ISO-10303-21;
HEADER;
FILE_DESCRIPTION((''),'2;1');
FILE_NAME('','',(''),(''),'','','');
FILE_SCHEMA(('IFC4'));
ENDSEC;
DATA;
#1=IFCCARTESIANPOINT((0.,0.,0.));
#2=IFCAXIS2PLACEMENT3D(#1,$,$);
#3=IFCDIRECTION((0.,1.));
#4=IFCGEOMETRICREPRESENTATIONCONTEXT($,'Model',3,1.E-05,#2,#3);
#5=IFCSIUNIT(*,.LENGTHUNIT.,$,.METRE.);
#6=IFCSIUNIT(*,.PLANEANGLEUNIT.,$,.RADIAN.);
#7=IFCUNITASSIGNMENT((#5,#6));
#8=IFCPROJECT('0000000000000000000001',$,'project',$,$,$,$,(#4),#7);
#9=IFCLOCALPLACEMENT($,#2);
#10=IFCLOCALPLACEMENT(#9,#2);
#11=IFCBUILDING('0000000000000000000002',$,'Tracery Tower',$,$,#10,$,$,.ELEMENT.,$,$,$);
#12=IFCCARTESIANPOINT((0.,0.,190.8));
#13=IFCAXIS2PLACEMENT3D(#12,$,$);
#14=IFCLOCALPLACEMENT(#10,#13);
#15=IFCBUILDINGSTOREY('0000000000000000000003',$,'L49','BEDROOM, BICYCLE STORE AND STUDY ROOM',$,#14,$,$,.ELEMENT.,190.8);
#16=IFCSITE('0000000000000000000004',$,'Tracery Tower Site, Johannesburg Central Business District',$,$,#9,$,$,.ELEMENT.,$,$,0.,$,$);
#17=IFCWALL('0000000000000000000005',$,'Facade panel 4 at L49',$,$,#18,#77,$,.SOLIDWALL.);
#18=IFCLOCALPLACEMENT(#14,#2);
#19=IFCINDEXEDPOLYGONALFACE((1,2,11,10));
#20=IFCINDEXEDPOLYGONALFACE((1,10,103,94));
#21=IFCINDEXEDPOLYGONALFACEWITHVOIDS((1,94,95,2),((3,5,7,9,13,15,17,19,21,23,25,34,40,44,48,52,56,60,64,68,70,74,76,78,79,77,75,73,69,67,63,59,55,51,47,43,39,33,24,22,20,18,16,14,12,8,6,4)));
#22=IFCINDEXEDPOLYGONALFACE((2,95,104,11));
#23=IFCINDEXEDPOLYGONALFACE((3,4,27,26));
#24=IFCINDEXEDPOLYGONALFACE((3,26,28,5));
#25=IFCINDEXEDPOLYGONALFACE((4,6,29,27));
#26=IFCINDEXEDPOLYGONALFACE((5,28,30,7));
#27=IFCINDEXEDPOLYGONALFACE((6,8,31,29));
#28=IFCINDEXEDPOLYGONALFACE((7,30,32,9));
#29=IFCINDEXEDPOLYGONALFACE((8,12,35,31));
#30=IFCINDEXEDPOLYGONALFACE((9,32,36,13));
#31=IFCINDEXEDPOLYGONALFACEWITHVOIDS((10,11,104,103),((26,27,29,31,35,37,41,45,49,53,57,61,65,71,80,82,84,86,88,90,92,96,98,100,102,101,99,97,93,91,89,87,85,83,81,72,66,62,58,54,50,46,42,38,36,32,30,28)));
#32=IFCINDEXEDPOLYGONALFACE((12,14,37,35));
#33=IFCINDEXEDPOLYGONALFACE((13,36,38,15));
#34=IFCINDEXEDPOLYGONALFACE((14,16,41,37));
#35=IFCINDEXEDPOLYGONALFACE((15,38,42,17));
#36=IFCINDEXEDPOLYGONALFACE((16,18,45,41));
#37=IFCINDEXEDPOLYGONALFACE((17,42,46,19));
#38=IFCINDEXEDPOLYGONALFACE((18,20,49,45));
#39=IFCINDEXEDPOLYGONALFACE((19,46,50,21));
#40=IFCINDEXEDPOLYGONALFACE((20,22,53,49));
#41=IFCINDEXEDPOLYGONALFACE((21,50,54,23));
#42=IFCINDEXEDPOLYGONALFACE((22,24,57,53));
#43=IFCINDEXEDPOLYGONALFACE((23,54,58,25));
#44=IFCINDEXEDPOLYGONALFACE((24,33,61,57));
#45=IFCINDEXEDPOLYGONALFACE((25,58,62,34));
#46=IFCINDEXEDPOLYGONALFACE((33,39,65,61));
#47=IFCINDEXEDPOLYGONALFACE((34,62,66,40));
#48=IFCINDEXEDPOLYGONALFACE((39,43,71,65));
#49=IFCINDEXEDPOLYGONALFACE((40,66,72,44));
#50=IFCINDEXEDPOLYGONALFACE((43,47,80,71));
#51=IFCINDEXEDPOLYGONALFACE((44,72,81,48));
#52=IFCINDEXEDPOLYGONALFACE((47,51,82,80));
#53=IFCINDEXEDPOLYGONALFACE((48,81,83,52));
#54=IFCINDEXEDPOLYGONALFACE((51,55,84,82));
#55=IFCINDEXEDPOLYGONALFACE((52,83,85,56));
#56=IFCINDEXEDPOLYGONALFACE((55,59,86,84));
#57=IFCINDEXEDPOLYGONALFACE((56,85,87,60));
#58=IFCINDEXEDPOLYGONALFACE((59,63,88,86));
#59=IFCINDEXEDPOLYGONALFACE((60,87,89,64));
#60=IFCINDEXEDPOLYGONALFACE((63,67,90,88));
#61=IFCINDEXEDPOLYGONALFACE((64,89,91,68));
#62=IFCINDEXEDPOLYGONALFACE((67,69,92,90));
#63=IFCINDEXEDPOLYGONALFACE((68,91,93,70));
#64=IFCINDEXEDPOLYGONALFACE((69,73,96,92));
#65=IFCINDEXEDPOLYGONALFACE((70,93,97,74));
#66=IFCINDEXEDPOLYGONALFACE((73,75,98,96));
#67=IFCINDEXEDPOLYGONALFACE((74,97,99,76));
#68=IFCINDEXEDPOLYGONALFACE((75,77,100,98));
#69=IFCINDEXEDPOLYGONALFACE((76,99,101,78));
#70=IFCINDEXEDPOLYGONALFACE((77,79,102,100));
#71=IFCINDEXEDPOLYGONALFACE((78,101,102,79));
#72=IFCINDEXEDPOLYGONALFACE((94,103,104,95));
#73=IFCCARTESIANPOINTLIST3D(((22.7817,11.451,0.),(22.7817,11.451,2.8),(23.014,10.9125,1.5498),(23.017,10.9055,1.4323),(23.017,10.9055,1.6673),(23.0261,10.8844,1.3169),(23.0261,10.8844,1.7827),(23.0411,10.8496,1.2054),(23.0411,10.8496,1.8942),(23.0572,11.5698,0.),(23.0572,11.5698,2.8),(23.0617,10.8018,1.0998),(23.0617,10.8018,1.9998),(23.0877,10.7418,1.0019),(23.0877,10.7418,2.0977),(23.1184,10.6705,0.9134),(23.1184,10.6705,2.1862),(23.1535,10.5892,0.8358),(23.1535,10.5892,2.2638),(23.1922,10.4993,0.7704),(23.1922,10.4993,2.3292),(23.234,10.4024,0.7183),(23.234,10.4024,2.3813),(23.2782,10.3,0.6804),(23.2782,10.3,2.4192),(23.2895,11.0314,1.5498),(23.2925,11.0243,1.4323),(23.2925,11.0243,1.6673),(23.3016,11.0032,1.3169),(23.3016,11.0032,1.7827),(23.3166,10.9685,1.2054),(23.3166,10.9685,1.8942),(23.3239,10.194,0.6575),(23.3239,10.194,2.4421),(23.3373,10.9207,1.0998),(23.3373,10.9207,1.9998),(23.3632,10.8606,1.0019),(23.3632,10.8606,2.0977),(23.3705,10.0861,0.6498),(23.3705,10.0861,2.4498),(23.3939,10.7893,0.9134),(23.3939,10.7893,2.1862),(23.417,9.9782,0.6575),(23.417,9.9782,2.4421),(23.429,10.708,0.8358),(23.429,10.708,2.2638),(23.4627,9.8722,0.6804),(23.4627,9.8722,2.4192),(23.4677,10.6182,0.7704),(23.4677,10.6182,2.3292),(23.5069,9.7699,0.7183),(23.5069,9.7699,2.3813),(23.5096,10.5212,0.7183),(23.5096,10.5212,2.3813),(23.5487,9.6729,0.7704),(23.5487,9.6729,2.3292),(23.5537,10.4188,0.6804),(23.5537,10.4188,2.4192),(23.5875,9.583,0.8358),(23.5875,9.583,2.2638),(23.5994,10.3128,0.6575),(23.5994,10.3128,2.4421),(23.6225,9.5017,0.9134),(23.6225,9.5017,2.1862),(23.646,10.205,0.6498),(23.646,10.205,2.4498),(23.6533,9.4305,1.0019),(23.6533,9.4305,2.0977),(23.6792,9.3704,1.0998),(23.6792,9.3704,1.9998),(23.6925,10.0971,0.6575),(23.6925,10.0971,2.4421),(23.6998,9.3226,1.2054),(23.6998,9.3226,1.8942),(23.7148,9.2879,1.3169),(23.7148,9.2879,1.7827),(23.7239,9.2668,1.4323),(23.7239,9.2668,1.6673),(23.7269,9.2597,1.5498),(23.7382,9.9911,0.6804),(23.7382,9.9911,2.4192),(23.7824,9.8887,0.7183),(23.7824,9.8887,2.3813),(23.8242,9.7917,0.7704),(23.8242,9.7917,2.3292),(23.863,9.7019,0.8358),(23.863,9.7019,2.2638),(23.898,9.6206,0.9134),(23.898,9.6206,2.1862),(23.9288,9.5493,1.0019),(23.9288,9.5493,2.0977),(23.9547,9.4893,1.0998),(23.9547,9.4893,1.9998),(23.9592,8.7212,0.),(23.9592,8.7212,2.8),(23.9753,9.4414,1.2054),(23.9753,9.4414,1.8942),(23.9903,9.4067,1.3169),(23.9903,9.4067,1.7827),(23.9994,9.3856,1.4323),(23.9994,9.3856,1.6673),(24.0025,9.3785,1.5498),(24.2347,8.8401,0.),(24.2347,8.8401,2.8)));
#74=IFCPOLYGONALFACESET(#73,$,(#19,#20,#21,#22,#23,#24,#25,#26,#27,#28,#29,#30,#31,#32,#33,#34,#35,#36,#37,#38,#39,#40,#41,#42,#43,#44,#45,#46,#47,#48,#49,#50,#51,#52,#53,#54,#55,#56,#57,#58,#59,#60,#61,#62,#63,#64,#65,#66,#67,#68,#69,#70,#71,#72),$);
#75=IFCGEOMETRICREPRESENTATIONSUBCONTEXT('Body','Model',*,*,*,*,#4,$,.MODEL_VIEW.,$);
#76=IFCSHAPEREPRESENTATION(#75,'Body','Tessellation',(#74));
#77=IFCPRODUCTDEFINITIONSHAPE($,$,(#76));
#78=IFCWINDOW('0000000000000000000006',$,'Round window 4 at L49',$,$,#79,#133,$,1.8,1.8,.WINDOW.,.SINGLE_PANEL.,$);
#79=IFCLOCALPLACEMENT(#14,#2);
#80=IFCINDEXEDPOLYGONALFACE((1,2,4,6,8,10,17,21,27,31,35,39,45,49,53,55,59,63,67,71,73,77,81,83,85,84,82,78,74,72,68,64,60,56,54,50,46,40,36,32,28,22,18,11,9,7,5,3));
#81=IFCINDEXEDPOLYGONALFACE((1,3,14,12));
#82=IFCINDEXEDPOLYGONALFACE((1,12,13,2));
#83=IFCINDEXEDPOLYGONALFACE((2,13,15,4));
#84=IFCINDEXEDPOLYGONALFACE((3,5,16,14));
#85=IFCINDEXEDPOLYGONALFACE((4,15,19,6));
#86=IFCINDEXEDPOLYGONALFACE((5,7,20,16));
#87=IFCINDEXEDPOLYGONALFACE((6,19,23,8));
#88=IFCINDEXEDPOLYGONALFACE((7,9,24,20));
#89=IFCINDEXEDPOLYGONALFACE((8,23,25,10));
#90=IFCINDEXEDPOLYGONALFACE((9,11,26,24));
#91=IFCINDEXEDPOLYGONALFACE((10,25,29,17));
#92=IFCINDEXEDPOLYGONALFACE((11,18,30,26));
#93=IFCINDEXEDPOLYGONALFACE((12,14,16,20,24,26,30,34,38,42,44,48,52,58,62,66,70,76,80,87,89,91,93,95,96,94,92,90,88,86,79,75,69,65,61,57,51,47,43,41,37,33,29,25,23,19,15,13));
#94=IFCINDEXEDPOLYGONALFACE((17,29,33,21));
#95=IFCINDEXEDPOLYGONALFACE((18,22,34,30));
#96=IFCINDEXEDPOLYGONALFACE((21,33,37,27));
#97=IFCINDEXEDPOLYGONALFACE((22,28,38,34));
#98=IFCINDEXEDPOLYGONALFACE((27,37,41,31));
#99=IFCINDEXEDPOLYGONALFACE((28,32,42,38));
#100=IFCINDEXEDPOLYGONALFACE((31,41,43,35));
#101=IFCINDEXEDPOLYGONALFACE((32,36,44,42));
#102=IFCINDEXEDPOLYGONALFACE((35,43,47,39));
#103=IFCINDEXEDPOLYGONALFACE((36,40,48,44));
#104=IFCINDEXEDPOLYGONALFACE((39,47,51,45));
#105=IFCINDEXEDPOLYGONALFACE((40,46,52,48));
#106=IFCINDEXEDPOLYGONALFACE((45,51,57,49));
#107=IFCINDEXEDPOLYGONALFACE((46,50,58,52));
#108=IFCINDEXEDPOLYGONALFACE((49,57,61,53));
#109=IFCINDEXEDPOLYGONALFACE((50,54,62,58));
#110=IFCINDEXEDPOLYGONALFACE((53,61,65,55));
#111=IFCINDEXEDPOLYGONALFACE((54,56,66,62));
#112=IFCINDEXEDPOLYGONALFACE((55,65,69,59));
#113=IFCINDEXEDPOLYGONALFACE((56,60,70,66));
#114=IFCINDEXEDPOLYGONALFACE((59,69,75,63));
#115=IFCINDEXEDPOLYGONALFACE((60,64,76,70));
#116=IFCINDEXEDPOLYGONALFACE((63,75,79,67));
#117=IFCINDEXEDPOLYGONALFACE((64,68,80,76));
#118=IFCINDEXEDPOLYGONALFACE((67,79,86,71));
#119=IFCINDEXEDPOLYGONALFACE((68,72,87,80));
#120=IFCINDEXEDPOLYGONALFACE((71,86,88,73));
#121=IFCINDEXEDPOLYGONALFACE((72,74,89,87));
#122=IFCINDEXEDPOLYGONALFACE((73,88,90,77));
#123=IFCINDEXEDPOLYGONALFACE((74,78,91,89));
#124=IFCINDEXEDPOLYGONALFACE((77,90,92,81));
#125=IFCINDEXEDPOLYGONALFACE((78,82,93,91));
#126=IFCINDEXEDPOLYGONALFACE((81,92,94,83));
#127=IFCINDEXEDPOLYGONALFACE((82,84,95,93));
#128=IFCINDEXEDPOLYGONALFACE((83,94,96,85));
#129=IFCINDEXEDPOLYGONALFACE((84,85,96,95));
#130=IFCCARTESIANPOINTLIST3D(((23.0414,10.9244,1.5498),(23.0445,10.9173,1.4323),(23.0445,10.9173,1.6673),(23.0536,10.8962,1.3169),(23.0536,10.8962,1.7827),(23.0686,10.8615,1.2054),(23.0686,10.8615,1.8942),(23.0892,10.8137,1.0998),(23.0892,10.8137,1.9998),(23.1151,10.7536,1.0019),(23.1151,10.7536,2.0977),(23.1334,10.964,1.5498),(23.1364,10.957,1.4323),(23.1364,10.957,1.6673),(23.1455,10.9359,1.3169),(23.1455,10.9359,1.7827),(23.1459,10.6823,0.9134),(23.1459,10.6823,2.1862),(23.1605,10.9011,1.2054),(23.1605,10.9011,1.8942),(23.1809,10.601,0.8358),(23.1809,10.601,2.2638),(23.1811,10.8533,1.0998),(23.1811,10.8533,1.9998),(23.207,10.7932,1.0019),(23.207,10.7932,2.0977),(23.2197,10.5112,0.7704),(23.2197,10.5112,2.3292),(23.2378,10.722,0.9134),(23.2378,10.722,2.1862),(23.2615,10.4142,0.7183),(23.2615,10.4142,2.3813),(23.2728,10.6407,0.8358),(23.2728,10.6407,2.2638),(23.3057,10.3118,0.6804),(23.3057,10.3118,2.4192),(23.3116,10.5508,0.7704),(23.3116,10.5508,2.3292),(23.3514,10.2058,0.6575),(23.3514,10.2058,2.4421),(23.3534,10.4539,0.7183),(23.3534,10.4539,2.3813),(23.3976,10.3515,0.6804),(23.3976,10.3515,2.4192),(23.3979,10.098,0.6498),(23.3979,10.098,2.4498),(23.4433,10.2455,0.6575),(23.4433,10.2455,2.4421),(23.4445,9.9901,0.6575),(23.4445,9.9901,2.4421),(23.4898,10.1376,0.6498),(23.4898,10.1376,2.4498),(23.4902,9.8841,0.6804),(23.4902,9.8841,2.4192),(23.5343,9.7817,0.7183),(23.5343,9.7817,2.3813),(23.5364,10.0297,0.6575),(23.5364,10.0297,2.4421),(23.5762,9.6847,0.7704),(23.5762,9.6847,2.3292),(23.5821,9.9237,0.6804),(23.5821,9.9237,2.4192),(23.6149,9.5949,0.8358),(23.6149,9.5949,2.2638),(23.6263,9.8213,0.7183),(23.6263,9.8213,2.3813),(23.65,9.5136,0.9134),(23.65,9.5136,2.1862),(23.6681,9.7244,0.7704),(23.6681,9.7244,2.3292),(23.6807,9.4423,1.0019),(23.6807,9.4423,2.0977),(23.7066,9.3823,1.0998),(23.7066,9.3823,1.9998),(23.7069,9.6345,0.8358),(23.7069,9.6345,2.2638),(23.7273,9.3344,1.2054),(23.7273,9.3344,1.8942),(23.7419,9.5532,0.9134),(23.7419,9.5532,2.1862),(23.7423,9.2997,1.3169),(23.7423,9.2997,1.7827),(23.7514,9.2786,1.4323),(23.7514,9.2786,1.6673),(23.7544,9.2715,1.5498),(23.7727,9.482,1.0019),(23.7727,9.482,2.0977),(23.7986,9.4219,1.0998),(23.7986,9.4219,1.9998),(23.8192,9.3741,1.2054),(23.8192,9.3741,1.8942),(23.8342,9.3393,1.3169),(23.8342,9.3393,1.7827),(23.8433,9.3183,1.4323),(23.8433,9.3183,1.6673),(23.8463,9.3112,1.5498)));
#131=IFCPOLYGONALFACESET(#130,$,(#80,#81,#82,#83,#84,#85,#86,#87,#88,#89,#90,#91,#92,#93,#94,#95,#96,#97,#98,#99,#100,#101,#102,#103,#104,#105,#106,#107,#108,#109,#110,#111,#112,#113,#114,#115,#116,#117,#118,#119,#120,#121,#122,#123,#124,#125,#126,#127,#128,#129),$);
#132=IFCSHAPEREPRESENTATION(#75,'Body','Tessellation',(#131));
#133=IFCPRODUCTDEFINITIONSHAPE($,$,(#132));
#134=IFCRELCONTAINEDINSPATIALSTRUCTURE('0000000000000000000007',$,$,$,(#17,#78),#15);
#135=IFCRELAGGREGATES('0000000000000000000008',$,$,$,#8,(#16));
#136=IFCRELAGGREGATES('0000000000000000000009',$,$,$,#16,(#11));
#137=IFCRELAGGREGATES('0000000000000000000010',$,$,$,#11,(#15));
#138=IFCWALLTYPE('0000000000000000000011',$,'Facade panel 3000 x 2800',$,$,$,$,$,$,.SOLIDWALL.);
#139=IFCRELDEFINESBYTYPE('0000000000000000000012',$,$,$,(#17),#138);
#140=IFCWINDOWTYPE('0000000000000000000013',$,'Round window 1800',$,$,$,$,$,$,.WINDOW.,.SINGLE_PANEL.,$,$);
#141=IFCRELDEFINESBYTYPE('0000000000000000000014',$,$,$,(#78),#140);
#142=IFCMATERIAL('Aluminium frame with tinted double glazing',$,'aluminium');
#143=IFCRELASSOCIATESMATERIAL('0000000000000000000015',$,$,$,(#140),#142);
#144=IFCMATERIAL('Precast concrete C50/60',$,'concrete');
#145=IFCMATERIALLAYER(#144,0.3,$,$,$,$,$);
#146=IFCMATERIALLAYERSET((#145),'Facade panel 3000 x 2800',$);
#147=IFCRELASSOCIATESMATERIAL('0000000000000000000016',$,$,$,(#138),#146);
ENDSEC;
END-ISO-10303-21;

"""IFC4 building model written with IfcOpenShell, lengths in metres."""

from ifc_helpers import new_model, si_unit, direction, frame, frame_2d, origin, origin_2d, place, context, subcontext, project, spatial, rectangle, circle, extrude, material, layer, layer_set, type_object, element, fill, save


model = new_model("IFC4")

# Units and contexts
model_context = context("Model", 3, precision=1e-05, world=origin(), true_north=direction((0.0, 1.0)))
body_context = subcontext(model_context, "Body", "Model", "MODEL_VIEW")
ifc_project = project(units=[si_unit("LENGTHUNIT", "METRE"), si_unit("PLANEANGLEUNIT", "RADIAN")], contexts=[model_context])

# Site, building, storey
site_placement = place(None, origin())
site = spatial("IfcSite", under=ifc_project, at=site_placement, Name="Tracery Tower Site, Johannesburg Central Business District", CompositionType="ELEMENT", RefElevation=0.0)
building_placement = place(site_placement, origin())
building = spatial("IfcBuilding", under=site, at=building_placement, Name="Tracery Tower", CompositionType="ELEMENT")
storey_placement = place(building_placement, frame((0.0, 0.0, 190.8)))
storey = spatial("IfcBuildingStorey", under=building, at=storey_placement, Name="L49", Description="BEDROOM, BICYCLE STORE AND STUDY ROOM", CompositionType="ELEMENT", Elevation=190.8)

# Wall, opening, window
ifc_material_1 = material(Name="Aluminium frame with tinted double glazing", Category="aluminium")
window_type = type_object("IfcWindowType", Name="Round window 1800", PartitioningType="SINGLE_PANEL", PredefinedType="WINDOW", material=ifc_material_1)
ifc_material_2 = material(Name="Precast concrete C50/60", Category="concrete")
ifc_layer_1 = layer(ifc_material_2, 0.3)
ifc_layer_set_1 = layer_set([ifc_layer_1], Name="Facade panel 3000 x 2800")
wall_type_1 = type_object("IfcWallType", Name="Facade panel 3000 x 2800", PredefinedType="SOLIDWALL", material=ifc_layer_set_1)
wall_1_placement = place(storey_placement, frame((24.0969, 8.7808, 0.0), z_axis=(0.0, 0.0, 1.0), x_axis=(-0.396079, 0.918216, 0.0)))
wall_1 = element("IfcWall", 1, at=wall_1_placement, inside=storey, type_object=wall_type_1, Name="Facade panel 4 at L49", PredefinedType="SOLIDWALL", context=body_context, shape_type="SweptSolid", body=[
    extrude(rectangle(XDim=2.9729, YDim=0.3, at=frame_2d((1.4863, 0.0))), origin(), (0.0, 0.0, 1.0), 2.8),
])
opening_1_placement = place(wall_1_placement, frame((1.4863, 0.0, 1.5498)))
opening_1 = element("IfcOpeningElement", 2, at=opening_1_placement, cuts=wall_1, PredefinedType="OPENING", context=body_context, shape_type="SweptSolid", body=[
    extrude(circle(Radius=0.9, at=origin_2d()), frame((0.0, 0.1599, 0.0), z_axis=(0.0, -1.0, 0.0), x_axis=(1.0, 0.0, 0.0)), (0.0, 0.0, 1.0), 0.3201),
])
window_1_placement = place(opening_1_placement, origin())
window_1 = element("IfcWindow", 3, at=window_1_placement, inside=storey, type_object=window_type, Name="Round window 4 at L49", OverallHeight=1.8, OverallWidth=1.8, PartitioningType="SINGLE_PANEL", PredefinedType="WINDOW", context=body_context, shape_type="SweptSolid", body=[
    extrude(circle(Radius=0.9, at=origin_2d()), frame((0.0, 0.1201, 0.0), z_axis=(0.0, -1.0, 0.0), x_axis=(1.0, 0.0, 0.0)), (0.0, 0.0, 1.0), 0.1001),
])
fill(opening_1, window_1)

save(model, "model.ifc")
